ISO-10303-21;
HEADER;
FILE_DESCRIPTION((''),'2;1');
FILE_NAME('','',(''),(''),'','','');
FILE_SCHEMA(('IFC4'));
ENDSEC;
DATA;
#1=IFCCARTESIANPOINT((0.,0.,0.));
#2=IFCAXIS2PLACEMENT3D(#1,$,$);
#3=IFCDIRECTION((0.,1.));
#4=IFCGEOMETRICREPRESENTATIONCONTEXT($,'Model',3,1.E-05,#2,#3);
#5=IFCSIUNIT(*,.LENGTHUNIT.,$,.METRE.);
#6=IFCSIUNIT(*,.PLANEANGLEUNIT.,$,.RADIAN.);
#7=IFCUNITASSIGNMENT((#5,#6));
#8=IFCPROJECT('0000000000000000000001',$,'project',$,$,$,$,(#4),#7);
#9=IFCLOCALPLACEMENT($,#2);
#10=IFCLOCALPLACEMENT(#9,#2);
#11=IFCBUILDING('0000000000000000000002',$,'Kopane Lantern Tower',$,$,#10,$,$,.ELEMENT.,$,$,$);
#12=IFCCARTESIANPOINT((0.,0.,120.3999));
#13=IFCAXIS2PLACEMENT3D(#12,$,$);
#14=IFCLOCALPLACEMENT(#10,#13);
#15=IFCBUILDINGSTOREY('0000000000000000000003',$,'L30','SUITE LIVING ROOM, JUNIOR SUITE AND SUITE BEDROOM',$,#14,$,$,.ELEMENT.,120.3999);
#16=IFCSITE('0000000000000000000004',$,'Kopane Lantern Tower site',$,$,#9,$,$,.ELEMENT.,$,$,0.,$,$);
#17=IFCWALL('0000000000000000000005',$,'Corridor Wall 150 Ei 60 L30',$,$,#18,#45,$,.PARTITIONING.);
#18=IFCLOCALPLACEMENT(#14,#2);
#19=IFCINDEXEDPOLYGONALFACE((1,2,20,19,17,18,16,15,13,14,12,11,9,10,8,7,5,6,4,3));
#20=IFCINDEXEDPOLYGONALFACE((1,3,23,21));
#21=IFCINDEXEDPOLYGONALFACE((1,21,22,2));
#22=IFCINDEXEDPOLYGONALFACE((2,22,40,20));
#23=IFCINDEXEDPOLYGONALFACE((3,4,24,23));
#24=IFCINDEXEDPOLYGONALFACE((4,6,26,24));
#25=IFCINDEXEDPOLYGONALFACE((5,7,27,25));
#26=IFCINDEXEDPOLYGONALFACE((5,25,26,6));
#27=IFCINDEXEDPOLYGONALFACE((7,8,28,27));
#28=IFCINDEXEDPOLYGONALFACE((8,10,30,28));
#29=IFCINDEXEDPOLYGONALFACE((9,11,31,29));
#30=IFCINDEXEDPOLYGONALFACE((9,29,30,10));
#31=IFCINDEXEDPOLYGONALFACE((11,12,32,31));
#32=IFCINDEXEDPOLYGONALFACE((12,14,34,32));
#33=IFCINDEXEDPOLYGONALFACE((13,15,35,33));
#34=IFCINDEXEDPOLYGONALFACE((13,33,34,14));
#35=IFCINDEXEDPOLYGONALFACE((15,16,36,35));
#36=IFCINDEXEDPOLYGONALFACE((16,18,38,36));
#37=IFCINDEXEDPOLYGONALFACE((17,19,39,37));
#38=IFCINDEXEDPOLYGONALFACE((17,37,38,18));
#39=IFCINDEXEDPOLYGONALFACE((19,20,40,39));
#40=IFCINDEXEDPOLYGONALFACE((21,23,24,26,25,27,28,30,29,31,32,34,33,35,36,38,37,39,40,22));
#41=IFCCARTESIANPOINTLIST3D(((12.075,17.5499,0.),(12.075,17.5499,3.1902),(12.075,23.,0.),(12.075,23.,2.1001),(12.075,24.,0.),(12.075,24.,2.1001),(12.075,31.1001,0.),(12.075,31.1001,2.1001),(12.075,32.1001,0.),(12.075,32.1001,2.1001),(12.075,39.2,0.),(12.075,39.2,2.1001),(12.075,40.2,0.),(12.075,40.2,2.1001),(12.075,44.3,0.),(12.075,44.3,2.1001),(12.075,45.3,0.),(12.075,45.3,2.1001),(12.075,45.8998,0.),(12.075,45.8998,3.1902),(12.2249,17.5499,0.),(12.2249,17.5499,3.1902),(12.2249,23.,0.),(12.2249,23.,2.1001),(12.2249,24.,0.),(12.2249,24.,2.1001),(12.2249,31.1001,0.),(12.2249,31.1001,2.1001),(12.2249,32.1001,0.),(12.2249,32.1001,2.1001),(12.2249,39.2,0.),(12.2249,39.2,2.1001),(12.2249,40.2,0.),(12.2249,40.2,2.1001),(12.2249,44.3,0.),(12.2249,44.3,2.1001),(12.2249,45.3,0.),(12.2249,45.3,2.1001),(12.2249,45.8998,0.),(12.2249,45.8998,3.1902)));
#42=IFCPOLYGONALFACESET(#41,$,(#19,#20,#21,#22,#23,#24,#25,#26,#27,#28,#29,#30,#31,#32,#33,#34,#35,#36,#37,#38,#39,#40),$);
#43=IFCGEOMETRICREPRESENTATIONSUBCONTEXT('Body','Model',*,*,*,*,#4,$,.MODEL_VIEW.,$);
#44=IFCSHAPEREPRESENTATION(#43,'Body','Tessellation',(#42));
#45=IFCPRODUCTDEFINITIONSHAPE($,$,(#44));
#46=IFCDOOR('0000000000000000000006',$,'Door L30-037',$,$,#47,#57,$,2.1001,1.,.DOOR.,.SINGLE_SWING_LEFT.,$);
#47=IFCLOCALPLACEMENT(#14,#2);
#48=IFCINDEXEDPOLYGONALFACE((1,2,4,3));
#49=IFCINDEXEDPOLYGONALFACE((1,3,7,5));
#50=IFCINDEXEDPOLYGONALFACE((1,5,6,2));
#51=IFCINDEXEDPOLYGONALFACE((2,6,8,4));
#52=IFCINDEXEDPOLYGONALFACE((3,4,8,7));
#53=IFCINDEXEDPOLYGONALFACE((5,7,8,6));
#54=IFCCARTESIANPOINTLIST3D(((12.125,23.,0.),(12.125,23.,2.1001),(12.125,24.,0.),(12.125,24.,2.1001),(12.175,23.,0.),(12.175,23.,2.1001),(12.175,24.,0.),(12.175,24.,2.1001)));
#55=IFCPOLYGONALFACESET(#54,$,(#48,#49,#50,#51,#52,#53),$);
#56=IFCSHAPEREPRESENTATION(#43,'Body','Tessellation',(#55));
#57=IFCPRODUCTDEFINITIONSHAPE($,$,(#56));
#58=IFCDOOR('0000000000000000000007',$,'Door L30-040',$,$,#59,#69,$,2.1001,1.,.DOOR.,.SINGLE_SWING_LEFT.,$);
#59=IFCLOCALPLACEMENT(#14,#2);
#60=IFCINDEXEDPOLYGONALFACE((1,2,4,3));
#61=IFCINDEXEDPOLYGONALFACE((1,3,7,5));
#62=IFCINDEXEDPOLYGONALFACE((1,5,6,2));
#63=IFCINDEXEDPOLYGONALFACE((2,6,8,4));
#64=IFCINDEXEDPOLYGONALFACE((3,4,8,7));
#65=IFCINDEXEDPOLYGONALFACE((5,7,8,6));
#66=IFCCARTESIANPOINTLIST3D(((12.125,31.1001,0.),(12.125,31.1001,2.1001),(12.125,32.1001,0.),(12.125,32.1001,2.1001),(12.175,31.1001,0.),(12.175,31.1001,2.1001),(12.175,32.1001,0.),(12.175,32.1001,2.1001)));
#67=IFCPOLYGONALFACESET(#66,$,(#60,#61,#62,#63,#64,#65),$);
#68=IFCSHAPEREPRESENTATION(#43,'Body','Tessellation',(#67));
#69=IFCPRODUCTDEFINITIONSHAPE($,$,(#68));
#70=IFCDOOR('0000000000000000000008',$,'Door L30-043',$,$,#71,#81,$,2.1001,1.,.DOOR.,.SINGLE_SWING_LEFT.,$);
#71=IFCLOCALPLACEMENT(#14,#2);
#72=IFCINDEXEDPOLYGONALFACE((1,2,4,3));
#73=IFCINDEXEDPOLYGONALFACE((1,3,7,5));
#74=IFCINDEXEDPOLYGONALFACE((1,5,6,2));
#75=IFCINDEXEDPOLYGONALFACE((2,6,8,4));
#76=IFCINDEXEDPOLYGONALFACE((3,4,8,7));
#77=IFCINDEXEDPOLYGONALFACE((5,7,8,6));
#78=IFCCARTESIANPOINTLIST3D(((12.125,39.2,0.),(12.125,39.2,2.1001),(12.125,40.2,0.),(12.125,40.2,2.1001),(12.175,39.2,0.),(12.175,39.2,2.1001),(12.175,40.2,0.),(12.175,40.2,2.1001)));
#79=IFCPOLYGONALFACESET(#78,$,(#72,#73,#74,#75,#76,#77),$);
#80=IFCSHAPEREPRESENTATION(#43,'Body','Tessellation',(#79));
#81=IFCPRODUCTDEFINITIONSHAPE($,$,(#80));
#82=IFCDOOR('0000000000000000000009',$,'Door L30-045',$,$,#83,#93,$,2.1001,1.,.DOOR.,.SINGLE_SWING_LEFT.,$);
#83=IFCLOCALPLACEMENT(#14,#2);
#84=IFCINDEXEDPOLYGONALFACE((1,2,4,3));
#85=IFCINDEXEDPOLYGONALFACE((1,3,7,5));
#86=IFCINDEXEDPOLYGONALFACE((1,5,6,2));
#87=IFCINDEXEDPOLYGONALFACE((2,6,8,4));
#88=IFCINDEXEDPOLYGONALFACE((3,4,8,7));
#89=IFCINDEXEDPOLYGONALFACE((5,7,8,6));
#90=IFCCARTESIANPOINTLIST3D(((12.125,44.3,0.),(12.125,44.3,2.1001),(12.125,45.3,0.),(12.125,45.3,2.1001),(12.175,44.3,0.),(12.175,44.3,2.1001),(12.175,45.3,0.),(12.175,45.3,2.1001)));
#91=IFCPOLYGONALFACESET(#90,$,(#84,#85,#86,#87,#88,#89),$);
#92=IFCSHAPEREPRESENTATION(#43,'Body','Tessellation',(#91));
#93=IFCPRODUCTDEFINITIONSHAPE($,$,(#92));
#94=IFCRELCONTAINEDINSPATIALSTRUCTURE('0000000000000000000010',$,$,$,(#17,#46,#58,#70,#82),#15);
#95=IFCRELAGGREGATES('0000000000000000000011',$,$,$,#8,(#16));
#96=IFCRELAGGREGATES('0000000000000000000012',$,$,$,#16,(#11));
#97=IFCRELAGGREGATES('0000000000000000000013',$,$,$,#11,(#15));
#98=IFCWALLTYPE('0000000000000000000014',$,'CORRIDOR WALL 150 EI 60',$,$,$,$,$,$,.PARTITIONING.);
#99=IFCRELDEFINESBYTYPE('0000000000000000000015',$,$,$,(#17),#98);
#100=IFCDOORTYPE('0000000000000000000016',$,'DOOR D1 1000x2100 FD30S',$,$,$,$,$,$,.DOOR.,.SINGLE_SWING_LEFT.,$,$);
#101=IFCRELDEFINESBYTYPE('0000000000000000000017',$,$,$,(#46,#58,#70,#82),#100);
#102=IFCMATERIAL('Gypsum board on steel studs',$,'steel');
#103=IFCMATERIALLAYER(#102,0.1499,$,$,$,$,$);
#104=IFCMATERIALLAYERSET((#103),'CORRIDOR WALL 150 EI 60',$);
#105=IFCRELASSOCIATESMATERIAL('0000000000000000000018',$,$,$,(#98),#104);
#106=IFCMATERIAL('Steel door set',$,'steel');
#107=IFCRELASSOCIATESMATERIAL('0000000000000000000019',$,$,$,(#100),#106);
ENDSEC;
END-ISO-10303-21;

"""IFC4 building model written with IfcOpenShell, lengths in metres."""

from ifc_helpers import new_model, si_unit, direction, frame, frame_2d, origin, place, context, subcontext, project, spatial, rectangle, extrude, material, layer, layer_set, type_object, element, fill, save


model = new_model("IFC4")

# Units and contexts
model_context = context("Model", 3, precision=1e-05, world=origin(), true_north=direction((0.0, 1.0)))
body_context = subcontext(model_context, "Body", "Model", "MODEL_VIEW")
ifc_project = project(units=[si_unit("LENGTHUNIT", "METRE"), si_unit("PLANEANGLEUNIT", "RADIAN")], contexts=[model_context])

# Site, building, storey
site_placement = place(None, origin())
site = spatial("IfcSite", under=ifc_project, at=site_placement, Name="Kopane Lantern Tower site", CompositionType="ELEMENT", RefElevation=0.0)
building_placement = place(site_placement, origin())
building = spatial("IfcBuilding", under=site, at=building_placement, Name="Kopane Lantern Tower", CompositionType="ELEMENT")
storey_placement = place(building_placement, frame((0.0, 0.0, 120.3999)))
storey = spatial("IfcBuildingStorey", under=building, at=storey_placement, Name="L30", Description="SUITE LIVING ROOM, JUNIOR SUITE AND SUITE BEDROOM", CompositionType="ELEMENT", Elevation=120.3999)

# Wall, openings, doors
ifc_material_1 = material(Name="Gypsum board on steel studs", Category="steel")
ifc_layer_1 = layer(ifc_material_1, 0.1499)
ifc_layer_set_1 = layer_set([ifc_layer_1], Name="CORRIDOR WALL 150 EI 60")
wall_type_1 = type_object("IfcWallType", Name="CORRIDOR WALL 150 EI 60", PredefinedType="PARTITIONING", material=ifc_layer_set_1)
wall_1_placement = place(storey_placement, frame((12.1499, 17.55, 0.0), z_axis=(0.0, 0.0, 1.0), x_axis=(0.0, 1.0, 0.0)))
wall_1 = element("IfcWall", 1, at=wall_1_placement, inside=storey, type_object=wall_type_1, Name="Corridor Wall 150 Ei 60 L30", PredefinedType="PARTITIONING", context=body_context, shape_type="SweptSolid", body=[
    extrude(rectangle(XDim=28.3499, YDim=0.1499, at=frame_2d((14.1748, 0.0))), origin(), (0.0, 0.0, 1.0), 3.1902),
])
opening_1_placement = place(wall_1_placement, frame((5.45, 0.0, 0.0)))
opening_1 = element("IfcOpeningElement", 2, at=opening_1_placement, cuts=wall_1, PredefinedType="OPENING", context=body_context, shape_type="SweptSolid", body=[
    extrude(rectangle(XDim=1.0, YDim=2.1001, at=frame_2d((0.5, 1.05))), frame((0.0, 0.085, 0.0), z_axis=(0.0, -1.0, 0.0), x_axis=(1.0, 0.0, 0.0)), (0.0, 0.0, 1.0), 0.1699),
])
opening_2_placement = place(wall_1_placement, frame((13.55, 0.0, 0.0)))
opening_2 = element("IfcOpeningElement", 3, at=opening_2_placement, cuts=wall_1, PredefinedType="OPENING", context=body_context, shape_type="SweptSolid", body=[
    extrude(rectangle(XDim=1.0, YDim=2.1001, at=frame_2d((0.5, 1.05))), frame((0.0, 0.085, 0.0), z_axis=(0.0, -1.0, 0.0), x_axis=(1.0, 0.0, 0.0)), (0.0, 0.0, 1.0), 0.1699),
])
opening_3_placement = place(wall_1_placement, frame((21.6499, 0.0, 0.0)))
opening_3 = element("IfcOpeningElement", 4, at=opening_3_placement, cuts=wall_1, PredefinedType="OPENING", context=body_context, shape_type="SweptSolid", body=[
    extrude(rectangle(XDim=1.0, YDim=2.1001, at=frame_2d((0.5, 1.05))), frame((0.0, 0.085, 0.0), z_axis=(0.0, -1.0, 0.0), x_axis=(1.0, 0.0, 0.0)), (0.0, 0.0, 1.0), 0.1699),
])
opening_4_placement = place(wall_1_placement, frame((26.75, 0.0, 0.0)))
opening_4 = element("IfcOpeningElement", 5, at=opening_4_placement, cuts=wall_1, PredefinedType="OPENING", context=body_context, shape_type="SweptSolid", body=[
    extrude(rectangle(XDim=1.0, YDim=2.1001, at=frame_2d((0.5, 1.05))), frame((0.0, 0.085, 0.0), z_axis=(0.0, -1.0, 0.0), x_axis=(1.0, 0.0, 0.0)), (0.0, 0.0, 1.0), 0.1699),
])
ifc_material_2 = material(Name="Steel door set", Category="steel")
door_type_1 = type_object("IfcDoorType", Name="DOOR D1 1000x2100 FD30S", OperationType="SINGLE_SWING_LEFT", PredefinedType="DOOR", material=ifc_material_2)
door_1_placement = place(opening_1_placement, origin())
door_1 = element("IfcDoor", 6, at=door_1_placement, inside=storey, type_object=door_type_1, Name="Door L30-037", OperationType="SINGLE_SWING_LEFT", OverallHeight=2.1001, OverallWidth=1.0, PredefinedType="DOOR", context=body_context, shape_type="SweptSolid", body=[
    extrude(rectangle(XDim=1.0, YDim=2.1001, at=frame_2d((0.5, 1.05))), frame((0.0, 0.0249, 0.0), z_axis=(0.0, -1.0, 0.0), x_axis=(1.0, 0.0, 0.0)), (0.0, 0.0, 1.0), 0.05),
])
fill(opening_1, door_1)
door_2_placement = place(opening_2_placement, origin())
door_2 = element("IfcDoor", 7, at=door_2_placement, inside=storey, type_object=door_type_1, Name="Door L30-040", OperationType="SINGLE_SWING_LEFT", OverallHeight=2.1001, OverallWidth=1.0, PredefinedType="DOOR", context=body_context, shape_type="SweptSolid", body=[
    extrude(rectangle(XDim=1.0, YDim=2.1001, at=frame_2d((0.5, 1.05))), frame((0.0, 0.0249, 0.0), z_axis=(0.0, -1.0, 0.0), x_axis=(1.0, 0.0, 0.0)), (0.0, 0.0, 1.0), 0.05),
])
fill(opening_2, door_2)
door_3_placement = place(opening_3_placement, origin())
door_3 = element("IfcDoor", 8, at=door_3_placement, inside=storey, type_object=door_type_1, Name="Door L30-043", OperationType="SINGLE_SWING_LEFT", OverallHeight=2.1001, OverallWidth=1.0, PredefinedType="DOOR", context=body_context, shape_type="SweptSolid", body=[
    extrude(rectangle(XDim=1.0, YDim=2.1001, at=frame_2d((0.5, 1.05))), frame((0.0, 0.0249, 0.0), z_axis=(0.0, -1.0, 0.0), x_axis=(1.0, 0.0, 0.0)), (0.0, 0.0, 1.0), 0.05),
])
fill(opening_3, door_3)
door_4_placement = place(opening_4_placement, origin())
door_4 = element("IfcDoor", 9, at=door_4_placement, inside=storey, type_object=door_type_1, Name="Door L30-045", OperationType="SINGLE_SWING_LEFT", OverallHeight=2.1001, OverallWidth=1.0, PredefinedType="DOOR", context=body_context, shape_type="SweptSolid", body=[
    extrude(rectangle(XDim=1.0, YDim=2.1001, at=frame_2d((0.5, 1.05))), frame((0.0, 0.0249, 0.0), z_axis=(0.0, -1.0, 0.0), x_axis=(1.0, 0.0, 0.0)), (0.0, 0.0, 1.0), 0.05),
])
fill(opening_4, door_4)

save(model, "model.ifc")
